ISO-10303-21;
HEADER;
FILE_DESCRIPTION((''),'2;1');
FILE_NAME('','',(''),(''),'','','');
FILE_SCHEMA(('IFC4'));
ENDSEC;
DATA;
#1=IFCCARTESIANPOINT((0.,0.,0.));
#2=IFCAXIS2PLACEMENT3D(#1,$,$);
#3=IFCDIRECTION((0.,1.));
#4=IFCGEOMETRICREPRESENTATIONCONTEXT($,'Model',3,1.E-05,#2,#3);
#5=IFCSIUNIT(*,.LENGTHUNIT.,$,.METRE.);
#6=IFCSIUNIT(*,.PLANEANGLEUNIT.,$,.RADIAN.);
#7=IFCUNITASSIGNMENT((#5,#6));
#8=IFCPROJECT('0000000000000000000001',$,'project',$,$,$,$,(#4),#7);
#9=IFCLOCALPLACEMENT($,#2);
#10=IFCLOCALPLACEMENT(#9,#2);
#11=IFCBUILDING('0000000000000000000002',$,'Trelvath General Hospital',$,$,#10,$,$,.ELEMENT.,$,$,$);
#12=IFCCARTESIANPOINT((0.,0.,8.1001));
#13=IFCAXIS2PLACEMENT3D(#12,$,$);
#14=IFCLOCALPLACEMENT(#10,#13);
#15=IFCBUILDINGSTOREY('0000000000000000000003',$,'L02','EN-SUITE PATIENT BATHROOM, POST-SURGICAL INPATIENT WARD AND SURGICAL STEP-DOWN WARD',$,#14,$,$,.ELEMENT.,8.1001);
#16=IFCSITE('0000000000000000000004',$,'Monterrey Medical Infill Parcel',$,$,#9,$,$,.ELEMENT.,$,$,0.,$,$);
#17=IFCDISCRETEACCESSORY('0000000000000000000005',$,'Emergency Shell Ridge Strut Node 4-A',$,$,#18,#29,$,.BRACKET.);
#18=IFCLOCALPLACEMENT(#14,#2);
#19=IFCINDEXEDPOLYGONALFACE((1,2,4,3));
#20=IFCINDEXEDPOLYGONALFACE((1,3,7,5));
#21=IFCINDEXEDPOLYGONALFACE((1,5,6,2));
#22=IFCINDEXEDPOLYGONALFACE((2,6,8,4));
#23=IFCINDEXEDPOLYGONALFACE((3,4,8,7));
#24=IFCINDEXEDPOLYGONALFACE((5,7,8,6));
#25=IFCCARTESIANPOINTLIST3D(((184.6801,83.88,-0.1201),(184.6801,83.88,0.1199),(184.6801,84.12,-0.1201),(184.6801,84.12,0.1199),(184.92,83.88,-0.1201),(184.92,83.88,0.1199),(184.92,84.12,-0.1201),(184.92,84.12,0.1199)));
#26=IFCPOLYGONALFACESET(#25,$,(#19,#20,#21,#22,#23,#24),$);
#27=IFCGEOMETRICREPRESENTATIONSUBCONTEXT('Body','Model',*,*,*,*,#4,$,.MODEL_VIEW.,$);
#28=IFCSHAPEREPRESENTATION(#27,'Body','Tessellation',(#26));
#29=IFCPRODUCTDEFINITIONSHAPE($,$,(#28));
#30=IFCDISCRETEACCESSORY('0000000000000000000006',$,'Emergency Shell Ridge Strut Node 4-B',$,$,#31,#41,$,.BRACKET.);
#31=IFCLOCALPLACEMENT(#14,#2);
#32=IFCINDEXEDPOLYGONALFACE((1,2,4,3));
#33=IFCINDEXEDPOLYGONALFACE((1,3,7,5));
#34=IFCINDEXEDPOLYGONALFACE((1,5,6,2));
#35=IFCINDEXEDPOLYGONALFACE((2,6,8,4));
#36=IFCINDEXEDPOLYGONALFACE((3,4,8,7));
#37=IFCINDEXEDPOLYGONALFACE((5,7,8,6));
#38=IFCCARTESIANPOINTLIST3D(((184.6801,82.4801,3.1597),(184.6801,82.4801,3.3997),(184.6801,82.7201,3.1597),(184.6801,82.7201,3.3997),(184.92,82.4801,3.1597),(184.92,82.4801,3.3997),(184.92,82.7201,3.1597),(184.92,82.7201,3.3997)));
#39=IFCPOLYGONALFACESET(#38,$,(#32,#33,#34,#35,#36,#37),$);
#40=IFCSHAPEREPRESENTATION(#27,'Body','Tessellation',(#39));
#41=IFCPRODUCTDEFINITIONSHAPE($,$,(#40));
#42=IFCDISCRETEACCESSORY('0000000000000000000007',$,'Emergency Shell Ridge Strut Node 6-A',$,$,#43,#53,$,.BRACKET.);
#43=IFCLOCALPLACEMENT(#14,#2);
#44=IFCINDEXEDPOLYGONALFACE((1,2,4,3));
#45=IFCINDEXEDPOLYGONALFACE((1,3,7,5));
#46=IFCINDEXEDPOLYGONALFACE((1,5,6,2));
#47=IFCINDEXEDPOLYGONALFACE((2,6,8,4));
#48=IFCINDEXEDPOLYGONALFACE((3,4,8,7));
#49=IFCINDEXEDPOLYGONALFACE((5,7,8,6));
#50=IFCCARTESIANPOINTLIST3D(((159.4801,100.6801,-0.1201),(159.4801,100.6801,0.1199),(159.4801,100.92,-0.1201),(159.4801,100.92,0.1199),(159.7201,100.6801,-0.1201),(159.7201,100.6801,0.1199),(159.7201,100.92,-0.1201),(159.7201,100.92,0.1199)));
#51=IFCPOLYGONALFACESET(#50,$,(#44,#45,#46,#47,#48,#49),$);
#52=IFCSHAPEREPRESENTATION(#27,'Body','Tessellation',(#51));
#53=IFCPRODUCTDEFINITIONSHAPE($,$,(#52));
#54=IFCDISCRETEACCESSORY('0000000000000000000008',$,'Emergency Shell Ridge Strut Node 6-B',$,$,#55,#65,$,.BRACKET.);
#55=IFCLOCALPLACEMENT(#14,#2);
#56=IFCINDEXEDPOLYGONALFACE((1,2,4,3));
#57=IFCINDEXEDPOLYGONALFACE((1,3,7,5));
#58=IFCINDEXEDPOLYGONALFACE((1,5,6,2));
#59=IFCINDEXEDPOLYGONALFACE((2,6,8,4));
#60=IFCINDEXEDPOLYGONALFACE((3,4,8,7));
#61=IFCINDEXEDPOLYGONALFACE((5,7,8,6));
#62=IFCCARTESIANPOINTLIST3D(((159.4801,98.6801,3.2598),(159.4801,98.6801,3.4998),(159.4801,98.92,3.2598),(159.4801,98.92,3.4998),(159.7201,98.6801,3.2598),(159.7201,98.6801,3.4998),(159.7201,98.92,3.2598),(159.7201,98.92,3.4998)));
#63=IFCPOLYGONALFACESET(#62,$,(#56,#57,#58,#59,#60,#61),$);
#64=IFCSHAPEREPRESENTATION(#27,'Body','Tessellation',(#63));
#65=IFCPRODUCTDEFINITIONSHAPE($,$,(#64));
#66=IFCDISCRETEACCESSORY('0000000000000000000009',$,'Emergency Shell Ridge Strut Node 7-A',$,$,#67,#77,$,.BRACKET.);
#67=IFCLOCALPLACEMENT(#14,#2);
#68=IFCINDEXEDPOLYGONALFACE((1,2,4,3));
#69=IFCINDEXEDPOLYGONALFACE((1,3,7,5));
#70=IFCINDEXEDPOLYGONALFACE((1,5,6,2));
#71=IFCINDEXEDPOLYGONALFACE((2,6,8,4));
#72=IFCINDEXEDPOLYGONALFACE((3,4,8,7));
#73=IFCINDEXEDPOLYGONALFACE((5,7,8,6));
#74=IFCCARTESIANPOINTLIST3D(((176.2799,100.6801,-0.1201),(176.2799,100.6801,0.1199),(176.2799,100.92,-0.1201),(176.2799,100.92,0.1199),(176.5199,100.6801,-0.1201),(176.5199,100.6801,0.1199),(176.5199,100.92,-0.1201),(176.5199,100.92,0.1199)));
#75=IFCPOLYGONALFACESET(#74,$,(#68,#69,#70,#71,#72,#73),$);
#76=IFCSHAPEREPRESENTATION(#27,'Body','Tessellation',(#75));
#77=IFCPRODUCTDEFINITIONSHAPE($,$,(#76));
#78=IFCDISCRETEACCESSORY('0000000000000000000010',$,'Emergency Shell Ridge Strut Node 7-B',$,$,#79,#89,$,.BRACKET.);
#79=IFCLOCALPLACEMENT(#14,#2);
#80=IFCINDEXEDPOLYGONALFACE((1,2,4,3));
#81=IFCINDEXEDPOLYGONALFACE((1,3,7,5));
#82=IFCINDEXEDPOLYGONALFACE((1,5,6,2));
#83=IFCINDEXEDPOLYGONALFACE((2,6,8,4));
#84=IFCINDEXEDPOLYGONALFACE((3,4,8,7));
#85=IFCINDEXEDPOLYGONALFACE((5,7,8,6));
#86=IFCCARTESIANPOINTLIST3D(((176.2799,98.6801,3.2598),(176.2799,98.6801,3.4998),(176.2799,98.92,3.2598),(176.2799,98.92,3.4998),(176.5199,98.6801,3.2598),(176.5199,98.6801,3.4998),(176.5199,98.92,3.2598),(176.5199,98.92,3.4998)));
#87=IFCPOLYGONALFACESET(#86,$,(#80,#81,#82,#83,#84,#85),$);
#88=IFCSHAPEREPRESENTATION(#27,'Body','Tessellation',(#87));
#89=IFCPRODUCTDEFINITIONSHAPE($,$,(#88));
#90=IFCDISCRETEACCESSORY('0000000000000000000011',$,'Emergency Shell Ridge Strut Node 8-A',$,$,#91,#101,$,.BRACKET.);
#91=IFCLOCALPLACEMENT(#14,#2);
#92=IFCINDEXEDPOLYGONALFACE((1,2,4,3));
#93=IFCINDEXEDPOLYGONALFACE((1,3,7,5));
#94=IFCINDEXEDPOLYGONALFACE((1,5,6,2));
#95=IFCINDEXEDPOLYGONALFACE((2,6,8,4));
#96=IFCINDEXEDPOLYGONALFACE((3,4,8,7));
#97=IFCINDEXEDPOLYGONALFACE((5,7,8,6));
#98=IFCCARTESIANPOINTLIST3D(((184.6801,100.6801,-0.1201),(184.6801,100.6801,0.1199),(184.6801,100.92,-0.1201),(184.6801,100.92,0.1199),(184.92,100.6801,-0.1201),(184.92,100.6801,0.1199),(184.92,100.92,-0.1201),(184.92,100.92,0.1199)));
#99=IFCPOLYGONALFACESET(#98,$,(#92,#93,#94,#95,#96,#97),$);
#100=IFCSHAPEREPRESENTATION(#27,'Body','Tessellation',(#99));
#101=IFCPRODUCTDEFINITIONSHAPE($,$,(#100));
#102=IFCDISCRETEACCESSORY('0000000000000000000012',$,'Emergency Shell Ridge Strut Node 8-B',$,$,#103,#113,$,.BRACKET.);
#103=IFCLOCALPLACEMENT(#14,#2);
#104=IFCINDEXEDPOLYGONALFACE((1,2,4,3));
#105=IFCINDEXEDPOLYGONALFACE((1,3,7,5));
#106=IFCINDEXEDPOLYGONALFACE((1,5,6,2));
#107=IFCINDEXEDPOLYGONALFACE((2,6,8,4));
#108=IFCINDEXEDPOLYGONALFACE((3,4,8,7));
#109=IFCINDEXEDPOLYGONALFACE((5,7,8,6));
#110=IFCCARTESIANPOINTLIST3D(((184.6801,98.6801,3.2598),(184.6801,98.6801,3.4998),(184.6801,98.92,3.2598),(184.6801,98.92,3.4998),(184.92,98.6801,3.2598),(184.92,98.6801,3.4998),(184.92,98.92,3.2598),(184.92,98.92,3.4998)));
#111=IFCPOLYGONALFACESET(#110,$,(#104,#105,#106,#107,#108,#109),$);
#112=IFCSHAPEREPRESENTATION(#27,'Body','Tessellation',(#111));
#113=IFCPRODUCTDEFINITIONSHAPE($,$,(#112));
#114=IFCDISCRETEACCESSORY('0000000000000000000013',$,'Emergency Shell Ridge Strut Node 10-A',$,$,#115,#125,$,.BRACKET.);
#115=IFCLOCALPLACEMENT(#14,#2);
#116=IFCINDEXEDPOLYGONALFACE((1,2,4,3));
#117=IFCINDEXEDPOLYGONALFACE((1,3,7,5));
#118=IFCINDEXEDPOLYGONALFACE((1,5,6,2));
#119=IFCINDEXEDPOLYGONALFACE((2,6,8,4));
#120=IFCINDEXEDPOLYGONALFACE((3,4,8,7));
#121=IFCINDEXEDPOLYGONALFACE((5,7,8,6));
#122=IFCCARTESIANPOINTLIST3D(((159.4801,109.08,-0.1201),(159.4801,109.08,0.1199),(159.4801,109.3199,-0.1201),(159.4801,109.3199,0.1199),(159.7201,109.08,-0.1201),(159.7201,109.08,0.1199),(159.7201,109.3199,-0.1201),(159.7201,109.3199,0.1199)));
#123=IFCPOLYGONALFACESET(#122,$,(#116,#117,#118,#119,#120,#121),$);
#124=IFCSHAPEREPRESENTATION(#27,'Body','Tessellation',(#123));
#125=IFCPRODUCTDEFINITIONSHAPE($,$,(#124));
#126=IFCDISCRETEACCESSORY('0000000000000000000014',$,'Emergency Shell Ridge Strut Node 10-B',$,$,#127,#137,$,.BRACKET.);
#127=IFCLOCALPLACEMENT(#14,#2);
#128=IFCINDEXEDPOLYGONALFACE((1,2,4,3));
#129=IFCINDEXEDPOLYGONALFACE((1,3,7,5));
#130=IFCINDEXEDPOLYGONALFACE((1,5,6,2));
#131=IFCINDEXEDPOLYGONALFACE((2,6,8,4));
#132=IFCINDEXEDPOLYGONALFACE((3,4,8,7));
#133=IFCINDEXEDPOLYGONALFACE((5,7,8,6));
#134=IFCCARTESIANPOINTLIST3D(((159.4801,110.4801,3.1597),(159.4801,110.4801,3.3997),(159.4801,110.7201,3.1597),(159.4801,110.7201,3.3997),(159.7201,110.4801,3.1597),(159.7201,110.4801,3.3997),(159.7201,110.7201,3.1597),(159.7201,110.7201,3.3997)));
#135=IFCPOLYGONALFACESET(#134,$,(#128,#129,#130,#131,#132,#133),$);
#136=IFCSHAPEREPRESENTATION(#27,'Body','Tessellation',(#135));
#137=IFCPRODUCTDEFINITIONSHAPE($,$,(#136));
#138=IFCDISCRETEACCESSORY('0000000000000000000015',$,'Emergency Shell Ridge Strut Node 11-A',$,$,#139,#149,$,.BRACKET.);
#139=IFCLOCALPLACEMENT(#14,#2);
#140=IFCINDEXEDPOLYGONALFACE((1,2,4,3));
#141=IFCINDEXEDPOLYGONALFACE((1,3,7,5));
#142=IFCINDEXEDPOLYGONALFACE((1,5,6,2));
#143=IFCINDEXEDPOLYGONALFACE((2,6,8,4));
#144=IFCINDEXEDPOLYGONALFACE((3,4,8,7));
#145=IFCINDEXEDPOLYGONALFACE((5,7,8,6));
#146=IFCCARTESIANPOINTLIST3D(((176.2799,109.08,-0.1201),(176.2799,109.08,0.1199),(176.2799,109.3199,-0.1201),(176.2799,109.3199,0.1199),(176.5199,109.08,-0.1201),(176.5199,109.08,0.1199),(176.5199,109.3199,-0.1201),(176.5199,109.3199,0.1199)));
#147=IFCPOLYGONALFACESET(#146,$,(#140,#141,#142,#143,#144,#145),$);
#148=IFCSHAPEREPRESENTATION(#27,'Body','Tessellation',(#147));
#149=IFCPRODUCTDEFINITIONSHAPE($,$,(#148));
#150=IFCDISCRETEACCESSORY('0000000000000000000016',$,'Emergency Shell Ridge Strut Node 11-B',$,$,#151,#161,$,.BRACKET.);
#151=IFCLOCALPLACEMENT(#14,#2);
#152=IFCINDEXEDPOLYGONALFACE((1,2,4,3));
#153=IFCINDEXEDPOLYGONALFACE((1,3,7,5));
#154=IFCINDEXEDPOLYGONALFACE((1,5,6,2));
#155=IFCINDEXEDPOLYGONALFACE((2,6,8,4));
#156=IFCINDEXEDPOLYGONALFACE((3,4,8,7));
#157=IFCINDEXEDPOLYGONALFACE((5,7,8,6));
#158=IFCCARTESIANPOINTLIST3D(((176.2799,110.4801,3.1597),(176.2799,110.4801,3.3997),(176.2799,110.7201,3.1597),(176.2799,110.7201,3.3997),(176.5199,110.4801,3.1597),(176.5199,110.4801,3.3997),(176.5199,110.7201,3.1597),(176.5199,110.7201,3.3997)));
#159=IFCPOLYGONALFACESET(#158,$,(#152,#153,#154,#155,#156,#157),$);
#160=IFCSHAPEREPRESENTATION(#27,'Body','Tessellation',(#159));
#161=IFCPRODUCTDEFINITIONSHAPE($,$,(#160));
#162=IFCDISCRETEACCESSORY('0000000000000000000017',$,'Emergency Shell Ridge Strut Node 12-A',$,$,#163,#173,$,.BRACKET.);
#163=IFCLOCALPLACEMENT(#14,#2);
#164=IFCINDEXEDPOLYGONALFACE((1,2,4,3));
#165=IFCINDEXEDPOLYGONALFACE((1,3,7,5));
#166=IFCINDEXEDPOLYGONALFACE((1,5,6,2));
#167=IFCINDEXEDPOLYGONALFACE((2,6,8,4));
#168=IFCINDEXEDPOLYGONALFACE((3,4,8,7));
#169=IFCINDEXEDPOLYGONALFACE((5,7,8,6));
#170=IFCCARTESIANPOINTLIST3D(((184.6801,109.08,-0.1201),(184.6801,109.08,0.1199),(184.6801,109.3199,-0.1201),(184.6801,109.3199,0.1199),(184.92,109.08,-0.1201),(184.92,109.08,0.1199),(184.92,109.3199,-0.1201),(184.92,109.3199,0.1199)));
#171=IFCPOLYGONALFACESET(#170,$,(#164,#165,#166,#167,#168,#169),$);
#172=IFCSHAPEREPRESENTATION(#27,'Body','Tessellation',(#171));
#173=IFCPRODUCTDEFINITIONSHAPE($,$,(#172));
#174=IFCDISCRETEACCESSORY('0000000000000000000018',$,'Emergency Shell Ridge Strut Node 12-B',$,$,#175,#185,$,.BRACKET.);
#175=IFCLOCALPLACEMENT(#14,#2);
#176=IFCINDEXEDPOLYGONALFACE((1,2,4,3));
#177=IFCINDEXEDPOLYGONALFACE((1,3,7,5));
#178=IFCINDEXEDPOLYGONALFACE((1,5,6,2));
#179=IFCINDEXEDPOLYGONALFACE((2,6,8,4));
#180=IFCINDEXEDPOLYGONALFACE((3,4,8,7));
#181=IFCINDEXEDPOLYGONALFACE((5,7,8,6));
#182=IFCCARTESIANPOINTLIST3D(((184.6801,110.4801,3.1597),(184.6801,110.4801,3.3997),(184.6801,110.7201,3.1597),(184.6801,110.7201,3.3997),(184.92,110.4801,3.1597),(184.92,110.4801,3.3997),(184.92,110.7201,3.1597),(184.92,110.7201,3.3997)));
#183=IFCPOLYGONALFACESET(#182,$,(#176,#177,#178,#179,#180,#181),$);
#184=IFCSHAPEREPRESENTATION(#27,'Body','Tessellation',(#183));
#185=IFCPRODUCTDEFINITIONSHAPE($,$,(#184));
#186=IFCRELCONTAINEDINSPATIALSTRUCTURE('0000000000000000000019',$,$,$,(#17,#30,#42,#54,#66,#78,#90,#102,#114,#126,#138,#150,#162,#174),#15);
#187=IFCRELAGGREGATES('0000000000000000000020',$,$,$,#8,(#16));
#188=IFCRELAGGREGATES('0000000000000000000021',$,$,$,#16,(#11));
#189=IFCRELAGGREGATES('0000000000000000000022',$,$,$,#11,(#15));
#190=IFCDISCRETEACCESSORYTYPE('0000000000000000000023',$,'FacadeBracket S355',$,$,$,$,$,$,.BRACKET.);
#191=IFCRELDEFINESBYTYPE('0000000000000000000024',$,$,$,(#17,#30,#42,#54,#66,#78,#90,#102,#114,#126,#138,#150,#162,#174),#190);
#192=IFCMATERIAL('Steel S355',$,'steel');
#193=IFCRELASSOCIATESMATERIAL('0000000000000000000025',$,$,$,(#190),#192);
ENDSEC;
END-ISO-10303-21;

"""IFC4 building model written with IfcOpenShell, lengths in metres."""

from ifc_helpers import new_model, si_unit, direction, frame, origin, origin_2d, place, context, subcontext, project, spatial, rectangle, extrude, material, type_object, element, save


model = new_model("IFC4")

# Units and contexts
model_context = context("Model", 3, precision=1e-05, world=origin(), true_north=direction((0.0, 1.0)))
body_context = subcontext(model_context, "Body", "Model", "MODEL_VIEW")
ifc_project = project(units=[si_unit("LENGTHUNIT", "METRE"), si_unit("PLANEANGLEUNIT", "RADIAN")], contexts=[model_context])

# Site, building, storey
site_placement = place(None, origin())
site = spatial("IfcSite", under=ifc_project, at=site_placement, Name="Monterrey Medical Infill Parcel", CompositionType="ELEMENT", RefElevation=0.0)
building_placement = place(site_placement, origin())
building = spatial("IfcBuilding", under=site, at=building_placement, Name="Trelvath General Hospital", CompositionType="ELEMENT")
storey_placement = place(building_placement, frame((0.0, 0.0, 8.1001)))
storey = spatial("IfcBuildingStorey", under=building, at=storey_placement, Name="L02", Description="EN-SUITE PATIENT BATHROOM, POST-SURGICAL INPATIENT WARD AND SURGICAL STEP-DOWN WARD", CompositionType="ELEMENT", Elevation=8.1001)

# Discrete accessories
ifc_material_1 = material(Name="Steel S355", Category="steel")
discrete_accessory_type = type_object("IfcDiscreteAccessoryType", Name="FacadeBracket S355", PredefinedType="BRACKET", material=ifc_material_1)
for number, where, z_axis, x_axis, name in (
    (1, (184.8, 84.0, -0.1201), (0.0, 0.0, 1.0), (1.0, 0.0, 0.0), "Emergency Shell Ridge Strut Node 4-A"),
    (2, (184.8, 82.6001, 3.1597), (0.0, 0.0, 1.0), (1.0, 0.0, 0.0), "Emergency Shell Ridge Strut Node 4-B"),
    (3, (159.6001, 100.8, -0.1201), (0.0, 0.0, 1.0), (1.0, 0.0, 0.0), "Emergency Shell Ridge Strut Node 6-A"),
    (4, (159.6001, 98.8, 3.2598), (0.0, 0.0, 1.0), (1.0, 0.0, 0.0), "Emergency Shell Ridge Strut Node 6-B"),
    (5, (176.3999, 100.8, -0.1201), (0.0, 0.0, 1.0), (1.0, 0.0, 0.0), "Emergency Shell Ridge Strut Node 7-A"),
    (6, (176.3999, 98.8, 3.2598), (0.0, 0.0, 1.0), (1.0, 0.0, 0.0), "Emergency Shell Ridge Strut Node 7-B"),
    (7, (184.8, 100.8, -0.1201), (0.0, 0.0, 1.0), (1.0, 0.0, 0.0), "Emergency Shell Ridge Strut Node 8-A"),
    (8, (184.8, 98.8, 3.2598), (0.0, 0.0, 1.0), (1.0, 0.0, 0.0), "Emergency Shell Ridge Strut Node 8-B"),
    (9, (159.6001, 109.2, -0.1201), (0.0, 0.0, 1.0), (1.0, 0.0, 0.0), "Emergency Shell Ridge Strut Node 10-A"),
    (10, (159.6001, 110.6001, 3.1597), (0.0, 0.0, 1.0), (1.0, 0.0, 0.0), "Emergency Shell Ridge Strut Node 10-B"),
    (11, (176.3999, 109.2, -0.1201), (0.0, 0.0, 1.0), (1.0, 0.0, 0.0), "Emergency Shell Ridge Strut Node 11-A"),
    (12, (176.3999, 110.6001, 3.1597), (0.0, 0.0, 1.0), (1.0, 0.0, 0.0), "Emergency Shell Ridge Strut Node 11-B"),
    (13, (184.8, 109.2, -0.1201), (0.0, 0.0, 1.0), (1.0, 0.0, 0.0), "Emergency Shell Ridge Strut Node 12-A"),
    (14, (184.8, 110.6001, 3.1597), (0.0, 0.0, 1.0), (1.0, 0.0, 0.0), "Emergency Shell Ridge Strut Node 12-B"),
):
    element("IfcDiscreteAccessory", number, at=place(storey_placement, frame(where, z_axis=z_axis, x_axis=x_axis)), inside=storey, type_object=discrete_accessory_type, Name=name, PredefinedType="BRACKET", context=body_context, shape_type="SweptSolid", body=[
        extrude(rectangle(XDim=0.24, YDim=0.24, at=origin_2d()), origin(), (0.0, 0.0, 1.0), 0.24),
    ])

save(model, "model.ifc")
